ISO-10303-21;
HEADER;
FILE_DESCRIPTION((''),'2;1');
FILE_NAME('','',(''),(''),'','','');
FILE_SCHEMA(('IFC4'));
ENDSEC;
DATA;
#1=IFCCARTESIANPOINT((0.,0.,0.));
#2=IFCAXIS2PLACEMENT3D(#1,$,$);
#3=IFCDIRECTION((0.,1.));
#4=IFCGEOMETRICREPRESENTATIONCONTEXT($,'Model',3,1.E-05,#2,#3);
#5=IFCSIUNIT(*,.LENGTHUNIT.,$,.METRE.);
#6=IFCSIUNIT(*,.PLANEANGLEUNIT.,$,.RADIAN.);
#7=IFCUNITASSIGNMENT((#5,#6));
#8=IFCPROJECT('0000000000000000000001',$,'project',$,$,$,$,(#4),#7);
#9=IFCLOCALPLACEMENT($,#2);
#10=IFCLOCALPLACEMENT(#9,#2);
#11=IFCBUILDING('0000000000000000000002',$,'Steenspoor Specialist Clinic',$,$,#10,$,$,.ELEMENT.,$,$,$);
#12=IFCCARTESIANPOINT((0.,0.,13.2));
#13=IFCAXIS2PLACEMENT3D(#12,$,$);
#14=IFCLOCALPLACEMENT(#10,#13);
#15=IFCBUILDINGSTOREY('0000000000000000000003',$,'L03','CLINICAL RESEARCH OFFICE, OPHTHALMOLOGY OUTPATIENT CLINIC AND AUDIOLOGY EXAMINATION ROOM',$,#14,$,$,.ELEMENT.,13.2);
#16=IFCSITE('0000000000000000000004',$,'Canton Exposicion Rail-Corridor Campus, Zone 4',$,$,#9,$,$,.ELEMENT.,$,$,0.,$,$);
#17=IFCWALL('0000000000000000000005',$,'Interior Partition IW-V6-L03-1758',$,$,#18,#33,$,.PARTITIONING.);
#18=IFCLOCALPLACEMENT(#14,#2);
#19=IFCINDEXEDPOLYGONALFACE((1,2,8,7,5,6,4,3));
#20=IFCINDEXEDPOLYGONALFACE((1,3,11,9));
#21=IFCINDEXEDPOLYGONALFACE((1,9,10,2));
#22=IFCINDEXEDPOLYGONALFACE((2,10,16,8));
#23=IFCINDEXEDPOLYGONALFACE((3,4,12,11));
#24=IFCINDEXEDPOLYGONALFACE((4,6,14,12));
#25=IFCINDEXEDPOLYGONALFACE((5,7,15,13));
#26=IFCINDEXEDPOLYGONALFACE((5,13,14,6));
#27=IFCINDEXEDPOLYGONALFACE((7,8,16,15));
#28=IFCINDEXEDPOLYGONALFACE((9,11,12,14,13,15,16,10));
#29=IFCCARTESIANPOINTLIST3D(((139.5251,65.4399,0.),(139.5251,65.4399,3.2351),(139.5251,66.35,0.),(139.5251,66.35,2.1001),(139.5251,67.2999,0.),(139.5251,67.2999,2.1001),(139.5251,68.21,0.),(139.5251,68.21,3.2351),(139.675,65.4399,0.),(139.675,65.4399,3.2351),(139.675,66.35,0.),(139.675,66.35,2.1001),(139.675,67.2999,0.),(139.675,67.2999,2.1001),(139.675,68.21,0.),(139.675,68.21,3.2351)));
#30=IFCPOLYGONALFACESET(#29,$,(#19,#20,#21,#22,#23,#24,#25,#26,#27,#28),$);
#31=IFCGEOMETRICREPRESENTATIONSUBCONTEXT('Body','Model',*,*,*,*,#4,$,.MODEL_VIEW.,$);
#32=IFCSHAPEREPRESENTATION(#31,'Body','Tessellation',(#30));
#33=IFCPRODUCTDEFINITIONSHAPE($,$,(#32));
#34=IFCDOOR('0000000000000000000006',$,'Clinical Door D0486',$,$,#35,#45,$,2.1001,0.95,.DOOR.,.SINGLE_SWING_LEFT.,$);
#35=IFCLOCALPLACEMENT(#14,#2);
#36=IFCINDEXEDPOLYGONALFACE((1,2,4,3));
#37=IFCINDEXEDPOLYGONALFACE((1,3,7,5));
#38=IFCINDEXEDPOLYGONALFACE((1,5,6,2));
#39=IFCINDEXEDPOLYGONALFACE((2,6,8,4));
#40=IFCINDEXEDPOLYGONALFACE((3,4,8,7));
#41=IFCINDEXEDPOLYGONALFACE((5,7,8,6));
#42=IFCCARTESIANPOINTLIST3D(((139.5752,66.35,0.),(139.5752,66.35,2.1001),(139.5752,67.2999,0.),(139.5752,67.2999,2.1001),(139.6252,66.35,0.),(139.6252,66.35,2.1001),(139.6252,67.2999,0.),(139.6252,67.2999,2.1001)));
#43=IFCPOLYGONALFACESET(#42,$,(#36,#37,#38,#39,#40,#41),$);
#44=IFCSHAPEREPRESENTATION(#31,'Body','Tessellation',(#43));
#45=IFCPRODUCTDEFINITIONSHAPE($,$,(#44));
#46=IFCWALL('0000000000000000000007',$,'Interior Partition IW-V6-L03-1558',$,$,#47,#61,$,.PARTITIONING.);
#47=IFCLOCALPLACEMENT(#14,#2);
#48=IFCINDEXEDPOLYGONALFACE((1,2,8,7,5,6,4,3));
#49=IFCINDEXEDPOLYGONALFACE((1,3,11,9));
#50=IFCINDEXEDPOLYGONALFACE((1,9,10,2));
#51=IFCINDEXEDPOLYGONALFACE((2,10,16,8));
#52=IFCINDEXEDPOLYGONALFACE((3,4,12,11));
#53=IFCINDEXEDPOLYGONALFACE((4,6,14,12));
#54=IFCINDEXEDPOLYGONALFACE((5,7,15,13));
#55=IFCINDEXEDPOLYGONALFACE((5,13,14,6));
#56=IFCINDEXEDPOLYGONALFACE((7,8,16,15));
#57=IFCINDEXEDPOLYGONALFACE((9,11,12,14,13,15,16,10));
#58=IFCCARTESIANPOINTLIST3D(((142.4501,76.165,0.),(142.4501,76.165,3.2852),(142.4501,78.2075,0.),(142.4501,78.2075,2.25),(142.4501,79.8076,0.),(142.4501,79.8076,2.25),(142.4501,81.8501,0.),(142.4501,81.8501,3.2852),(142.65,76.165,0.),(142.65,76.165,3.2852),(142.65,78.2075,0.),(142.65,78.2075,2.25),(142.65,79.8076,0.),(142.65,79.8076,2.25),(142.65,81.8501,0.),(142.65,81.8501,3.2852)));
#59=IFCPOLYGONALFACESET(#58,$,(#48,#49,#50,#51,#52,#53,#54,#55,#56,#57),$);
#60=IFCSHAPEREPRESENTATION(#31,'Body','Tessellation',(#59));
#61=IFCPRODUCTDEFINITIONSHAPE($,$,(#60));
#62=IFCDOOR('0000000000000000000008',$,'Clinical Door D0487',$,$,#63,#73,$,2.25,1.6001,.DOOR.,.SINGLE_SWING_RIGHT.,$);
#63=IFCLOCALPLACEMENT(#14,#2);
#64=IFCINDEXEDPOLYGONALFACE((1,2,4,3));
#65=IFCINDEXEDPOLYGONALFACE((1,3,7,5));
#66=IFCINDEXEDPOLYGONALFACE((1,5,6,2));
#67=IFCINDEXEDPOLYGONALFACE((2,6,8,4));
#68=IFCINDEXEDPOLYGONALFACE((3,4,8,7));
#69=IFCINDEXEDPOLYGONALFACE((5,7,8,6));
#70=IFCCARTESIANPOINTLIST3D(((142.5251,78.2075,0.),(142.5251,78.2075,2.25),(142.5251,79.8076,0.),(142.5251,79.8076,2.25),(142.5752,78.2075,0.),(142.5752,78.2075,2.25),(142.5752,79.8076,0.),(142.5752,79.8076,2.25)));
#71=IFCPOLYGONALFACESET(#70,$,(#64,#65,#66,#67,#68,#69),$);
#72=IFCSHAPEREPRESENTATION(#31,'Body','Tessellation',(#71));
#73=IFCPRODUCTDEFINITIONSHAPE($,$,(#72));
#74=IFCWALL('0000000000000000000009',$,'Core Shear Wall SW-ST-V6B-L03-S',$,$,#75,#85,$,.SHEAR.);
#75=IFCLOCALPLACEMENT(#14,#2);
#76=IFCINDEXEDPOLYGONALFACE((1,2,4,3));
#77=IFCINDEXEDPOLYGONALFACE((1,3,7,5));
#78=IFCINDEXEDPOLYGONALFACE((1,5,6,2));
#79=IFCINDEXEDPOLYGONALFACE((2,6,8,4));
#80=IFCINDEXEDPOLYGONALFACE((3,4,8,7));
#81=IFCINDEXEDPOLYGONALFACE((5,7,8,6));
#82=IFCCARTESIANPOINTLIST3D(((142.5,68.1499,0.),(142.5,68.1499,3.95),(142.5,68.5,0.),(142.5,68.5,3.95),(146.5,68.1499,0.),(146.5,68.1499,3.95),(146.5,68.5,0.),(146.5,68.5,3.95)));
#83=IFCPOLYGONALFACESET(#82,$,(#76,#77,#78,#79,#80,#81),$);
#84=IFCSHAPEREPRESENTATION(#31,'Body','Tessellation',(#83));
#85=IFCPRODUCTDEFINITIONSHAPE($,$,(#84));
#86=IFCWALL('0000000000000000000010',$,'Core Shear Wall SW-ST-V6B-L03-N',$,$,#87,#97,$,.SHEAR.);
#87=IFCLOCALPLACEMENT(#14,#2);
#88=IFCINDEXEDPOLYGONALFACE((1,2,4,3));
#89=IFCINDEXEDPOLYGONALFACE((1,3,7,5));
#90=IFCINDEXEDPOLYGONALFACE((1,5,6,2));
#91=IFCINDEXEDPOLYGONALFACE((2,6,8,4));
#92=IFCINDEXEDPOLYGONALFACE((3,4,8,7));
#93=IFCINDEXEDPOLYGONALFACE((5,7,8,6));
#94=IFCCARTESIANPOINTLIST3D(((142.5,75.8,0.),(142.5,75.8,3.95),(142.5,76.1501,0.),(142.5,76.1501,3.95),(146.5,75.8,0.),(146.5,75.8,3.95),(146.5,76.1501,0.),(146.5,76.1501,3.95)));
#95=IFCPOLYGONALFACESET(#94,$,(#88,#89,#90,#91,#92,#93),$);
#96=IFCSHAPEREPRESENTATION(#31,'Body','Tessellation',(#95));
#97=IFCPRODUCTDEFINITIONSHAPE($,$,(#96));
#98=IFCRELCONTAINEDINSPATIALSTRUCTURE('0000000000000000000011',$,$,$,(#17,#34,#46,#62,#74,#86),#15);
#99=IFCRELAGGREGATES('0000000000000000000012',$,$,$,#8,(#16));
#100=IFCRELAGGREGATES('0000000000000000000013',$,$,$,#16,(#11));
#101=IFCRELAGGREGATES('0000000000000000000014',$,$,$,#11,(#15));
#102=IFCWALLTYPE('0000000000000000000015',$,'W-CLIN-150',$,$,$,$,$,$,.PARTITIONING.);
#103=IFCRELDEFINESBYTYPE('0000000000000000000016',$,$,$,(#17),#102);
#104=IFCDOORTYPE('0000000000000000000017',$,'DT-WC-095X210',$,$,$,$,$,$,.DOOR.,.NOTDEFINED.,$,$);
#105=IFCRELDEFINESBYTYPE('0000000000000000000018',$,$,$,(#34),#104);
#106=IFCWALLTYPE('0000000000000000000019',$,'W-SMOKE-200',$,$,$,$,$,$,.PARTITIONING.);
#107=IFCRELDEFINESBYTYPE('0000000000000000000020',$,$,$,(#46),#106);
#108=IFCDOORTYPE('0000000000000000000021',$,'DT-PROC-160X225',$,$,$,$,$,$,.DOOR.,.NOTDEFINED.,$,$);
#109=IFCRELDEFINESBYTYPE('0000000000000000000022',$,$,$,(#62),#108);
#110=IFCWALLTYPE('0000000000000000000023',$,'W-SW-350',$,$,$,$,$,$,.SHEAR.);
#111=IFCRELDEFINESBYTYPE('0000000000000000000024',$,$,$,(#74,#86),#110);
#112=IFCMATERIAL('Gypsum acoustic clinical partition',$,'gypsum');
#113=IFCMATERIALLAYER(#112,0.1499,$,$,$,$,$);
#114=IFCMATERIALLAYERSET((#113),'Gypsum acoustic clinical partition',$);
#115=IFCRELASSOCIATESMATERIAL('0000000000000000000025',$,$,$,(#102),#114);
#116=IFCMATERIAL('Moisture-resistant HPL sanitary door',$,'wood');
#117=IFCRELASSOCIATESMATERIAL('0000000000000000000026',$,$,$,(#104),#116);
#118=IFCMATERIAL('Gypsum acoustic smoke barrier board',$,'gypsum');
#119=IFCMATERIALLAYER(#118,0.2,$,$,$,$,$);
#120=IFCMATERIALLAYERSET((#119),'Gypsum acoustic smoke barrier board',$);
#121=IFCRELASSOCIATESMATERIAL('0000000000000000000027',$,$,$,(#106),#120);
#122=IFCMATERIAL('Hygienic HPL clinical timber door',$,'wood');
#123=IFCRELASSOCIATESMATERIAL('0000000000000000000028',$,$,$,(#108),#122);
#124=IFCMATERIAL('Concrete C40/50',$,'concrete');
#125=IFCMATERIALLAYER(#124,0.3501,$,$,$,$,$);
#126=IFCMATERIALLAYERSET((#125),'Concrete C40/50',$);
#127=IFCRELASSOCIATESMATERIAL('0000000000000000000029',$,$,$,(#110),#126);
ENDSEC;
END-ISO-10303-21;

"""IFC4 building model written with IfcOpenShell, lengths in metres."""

from ifc_helpers import new_model, si_unit, direction, frame, frame_2d, origin, place, context, subcontext, project, spatial, rectangle, extrude, material, layer, layer_set, type_object, element, fill, save


model = new_model("IFC4")

# Units and contexts
model_context = context("Model", 3, precision=1e-05, world=origin(), true_north=direction((0.0, 1.0)))
body_context = subcontext(model_context, "Body", "Model", "MODEL_VIEW")
ifc_project = project(units=[si_unit("LENGTHUNIT", "METRE"), si_unit("PLANEANGLEUNIT", "RADIAN")], contexts=[model_context])

# Site, building, storey
site_placement = place(None, origin())
site = spatial("IfcSite", under=ifc_project, at=site_placement, Name="Canton Exposicion Rail-Corridor Campus, Zone 4", CompositionType="ELEMENT", RefElevation=0.0)
building_placement = place(site_placement, origin())
building = spatial("IfcBuilding", under=site, at=building_placement, Name="Steenspoor Specialist Clinic", CompositionType="ELEMENT")
storey_placement = place(building_placement, frame((0.0, 0.0, 13.2)))
storey = spatial("IfcBuildingStorey", under=building, at=storey_placement, Name="L03", Description="CLINICAL RESEARCH OFFICE, OPHTHALMOLOGY OUTPATIENT CLINIC AND AUDIOLOGY EXAMINATION ROOM", CompositionType="ELEMENT", Elevation=13.2)

# Shared definitions
ifc_material_1 = material(Name="Concrete C40/50", Category="concrete")

# Shared definitions
ifc_material_2 = material(Name="Gypsum acoustic clinical partition", Category="gypsum")
ifc_layer_1 = layer(ifc_material_2, 0.1499)
ifc_layer_set_1 = layer_set([ifc_layer_1], Name="Gypsum acoustic clinical partition")
wall_type_1 = type_object("IfcWallType", Name="W-CLIN-150", PredefinedType="PARTITIONING", material=ifc_layer_set_1)

# Wall, opening, door
wall_1_placement = place(storey_placement, frame((139.6001, 65.4399, 0.0), z_axis=(0.0, 0.0, 1.0), x_axis=(0.0, 1.0, 0.0)))
wall_1 = element("IfcWall", 1, at=wall_1_placement, inside=storey, type_object=wall_type_1, Name="Interior Partition IW-V6-L03-1758", PredefinedType="PARTITIONING", context=body_context, shape_type="SweptSolid", body=[
    extrude(rectangle(XDim=2.77, YDim=0.1499, at=frame_2d((1.385, 0.0))), origin(), (0.0, 0.0, 1.0), 3.2351),
])
opening_1_placement = place(wall_1_placement, frame((0.9099, 0.0, 0.0)))
opening_1 = element("IfcOpeningElement", 2, at=opening_1_placement, cuts=wall_1, PredefinedType="OPENING", context=body_context, shape_type="SweptSolid", body=[
    extrude(rectangle(XDim=0.95, YDim=2.1001, at=frame_2d((0.4751, 1.05))), frame((0.0, 0.085, 0.0), z_axis=(0.0, -1.0, 0.0), x_axis=(1.0, 0.0, 0.0)), (0.0, 0.0, 1.0), 0.1699),
])
ifc_material_3 = material(Name="Moisture-resistant HPL sanitary door", Category="wood")
door_type_1 = type_object("IfcDoorType", Name="DT-WC-095X210", OperationType="NOTDEFINED", PredefinedType="DOOR", material=ifc_material_3)
door_1_placement = place(opening_1_placement, origin())
door_1 = element("IfcDoor", 3, at=door_1_placement, inside=storey, type_object=door_type_1, Name="Clinical Door D0486", OperationType="SINGLE_SWING_LEFT", OverallHeight=2.1001, OverallWidth=0.95, PredefinedType="DOOR", context=body_context, shape_type="SweptSolid", body=[
    extrude(rectangle(XDim=0.95, YDim=2.1001, at=frame_2d((0.4751, 1.05))), frame((0.0, 0.0249, 0.0), z_axis=(0.0, -1.0, 0.0), x_axis=(1.0, 0.0, 0.0)), (0.0, 0.0, 1.0), 0.05),
])
fill(opening_1, door_1)

# Wall, opening, door
ifc_material_4 = material(Name="Gypsum acoustic smoke barrier board", Category="gypsum")
ifc_layer_2 = layer(ifc_material_4, 0.2)
ifc_layer_set_2 = layer_set([ifc_layer_2], Name="Gypsum acoustic smoke barrier board")
wall_type_2 = type_object("IfcWallType", Name="W-SMOKE-200", PredefinedType="PARTITIONING", material=ifc_layer_set_2)
wall_2_placement = place(storey_placement, frame((142.55, 76.165, 0.0), z_axis=(0.0, 0.0, 1.0), x_axis=(0.0, 1.0, 0.0)))
wall_2 = element("IfcWall", 4, at=wall_2_placement, inside=storey, type_object=wall_type_2, Name="Interior Partition IW-V6-L03-1558", PredefinedType="PARTITIONING", context=body_context, shape_type="SweptSolid", body=[
    extrude(rectangle(XDim=5.6851, YDim=0.2, at=frame_2d((2.8425, 0.0))), origin(), (0.0, 0.0, 1.0), 3.2852),
])
opening_2_placement = place(wall_2_placement, frame((2.0425, 0.0, 0.0)))
opening_2 = element("IfcOpeningElement", 5, at=opening_2_placement, cuts=wall_2, PredefinedType="OPENING", context=body_context, shape_type="SweptSolid", body=[
    extrude(rectangle(XDim=1.6001, YDim=2.25, at=frame_2d((0.8, 1.125))), frame((0.0, 0.1099, 0.0), z_axis=(0.0, -1.0, 0.0), x_axis=(1.0, 0.0, 0.0)), (0.0, 0.0, 1.0), 0.22),
])
ifc_material_5 = material(Name="Hygienic HPL clinical timber door", Category="wood")
door_type_2 = type_object("IfcDoorType", Name="DT-PROC-160X225", OperationType="NOTDEFINED", PredefinedType="DOOR", material=ifc_material_5)
door_2_placement = place(opening_2_placement, origin())
door_2 = element("IfcDoor", 6, at=door_2_placement, inside=storey, type_object=door_type_2, Name="Clinical Door D0487", OperationType="SINGLE_SWING_RIGHT", OverallHeight=2.25, OverallWidth=1.6001, PredefinedType="DOOR", context=body_context, shape_type="SweptSolid", body=[
    extrude(rectangle(XDim=1.6001, YDim=2.25, at=frame_2d((0.8, 1.125))), frame((0.0, 0.0249, 0.0), z_axis=(0.0, -1.0, 0.0), x_axis=(1.0, 0.0, 0.0)), (0.0, 0.0, 1.0), 0.05),
])
fill(opening_2, door_2)

# Walls
ifc_layer_3 = layer(ifc_material_1, 0.3501)
ifc_layer_set_3 = layer_set([ifc_layer_3], Name="Concrete C40/50")
wall_type_3 = type_object("IfcWallType", Name="W-SW-350", PredefinedType="SHEAR", material=ifc_layer_set_3)
for number, where, z_axis, x_axis, name in (
    (7, (142.5, 68.325, 0.0), (0.0, 0.0, 1.0), (1.0, 0.0, 0.0), "Core Shear Wall SW-ST-V6B-L03-S"),
    (8, (142.5, 75.9751, 0.0), (0.0, 0.0, 1.0), (1.0, 0.0, 0.0), "Core Shear Wall SW-ST-V6B-L03-N"),
):
    element("IfcWall", number, at=place(storey_placement, frame(where, z_axis=z_axis, x_axis=x_axis)), inside=storey, type_object=wall_type_3, Name=name, PredefinedType="SHEAR", context=body_context, shape_type="SweptSolid", body=[
        extrude(rectangle(XDim=4.0, YDim=0.3501, at=frame_2d((2.0, 0.0))), origin(), (0.0, 0.0, 1.0), 3.95),
    ])

save(model, "model.ifc")
